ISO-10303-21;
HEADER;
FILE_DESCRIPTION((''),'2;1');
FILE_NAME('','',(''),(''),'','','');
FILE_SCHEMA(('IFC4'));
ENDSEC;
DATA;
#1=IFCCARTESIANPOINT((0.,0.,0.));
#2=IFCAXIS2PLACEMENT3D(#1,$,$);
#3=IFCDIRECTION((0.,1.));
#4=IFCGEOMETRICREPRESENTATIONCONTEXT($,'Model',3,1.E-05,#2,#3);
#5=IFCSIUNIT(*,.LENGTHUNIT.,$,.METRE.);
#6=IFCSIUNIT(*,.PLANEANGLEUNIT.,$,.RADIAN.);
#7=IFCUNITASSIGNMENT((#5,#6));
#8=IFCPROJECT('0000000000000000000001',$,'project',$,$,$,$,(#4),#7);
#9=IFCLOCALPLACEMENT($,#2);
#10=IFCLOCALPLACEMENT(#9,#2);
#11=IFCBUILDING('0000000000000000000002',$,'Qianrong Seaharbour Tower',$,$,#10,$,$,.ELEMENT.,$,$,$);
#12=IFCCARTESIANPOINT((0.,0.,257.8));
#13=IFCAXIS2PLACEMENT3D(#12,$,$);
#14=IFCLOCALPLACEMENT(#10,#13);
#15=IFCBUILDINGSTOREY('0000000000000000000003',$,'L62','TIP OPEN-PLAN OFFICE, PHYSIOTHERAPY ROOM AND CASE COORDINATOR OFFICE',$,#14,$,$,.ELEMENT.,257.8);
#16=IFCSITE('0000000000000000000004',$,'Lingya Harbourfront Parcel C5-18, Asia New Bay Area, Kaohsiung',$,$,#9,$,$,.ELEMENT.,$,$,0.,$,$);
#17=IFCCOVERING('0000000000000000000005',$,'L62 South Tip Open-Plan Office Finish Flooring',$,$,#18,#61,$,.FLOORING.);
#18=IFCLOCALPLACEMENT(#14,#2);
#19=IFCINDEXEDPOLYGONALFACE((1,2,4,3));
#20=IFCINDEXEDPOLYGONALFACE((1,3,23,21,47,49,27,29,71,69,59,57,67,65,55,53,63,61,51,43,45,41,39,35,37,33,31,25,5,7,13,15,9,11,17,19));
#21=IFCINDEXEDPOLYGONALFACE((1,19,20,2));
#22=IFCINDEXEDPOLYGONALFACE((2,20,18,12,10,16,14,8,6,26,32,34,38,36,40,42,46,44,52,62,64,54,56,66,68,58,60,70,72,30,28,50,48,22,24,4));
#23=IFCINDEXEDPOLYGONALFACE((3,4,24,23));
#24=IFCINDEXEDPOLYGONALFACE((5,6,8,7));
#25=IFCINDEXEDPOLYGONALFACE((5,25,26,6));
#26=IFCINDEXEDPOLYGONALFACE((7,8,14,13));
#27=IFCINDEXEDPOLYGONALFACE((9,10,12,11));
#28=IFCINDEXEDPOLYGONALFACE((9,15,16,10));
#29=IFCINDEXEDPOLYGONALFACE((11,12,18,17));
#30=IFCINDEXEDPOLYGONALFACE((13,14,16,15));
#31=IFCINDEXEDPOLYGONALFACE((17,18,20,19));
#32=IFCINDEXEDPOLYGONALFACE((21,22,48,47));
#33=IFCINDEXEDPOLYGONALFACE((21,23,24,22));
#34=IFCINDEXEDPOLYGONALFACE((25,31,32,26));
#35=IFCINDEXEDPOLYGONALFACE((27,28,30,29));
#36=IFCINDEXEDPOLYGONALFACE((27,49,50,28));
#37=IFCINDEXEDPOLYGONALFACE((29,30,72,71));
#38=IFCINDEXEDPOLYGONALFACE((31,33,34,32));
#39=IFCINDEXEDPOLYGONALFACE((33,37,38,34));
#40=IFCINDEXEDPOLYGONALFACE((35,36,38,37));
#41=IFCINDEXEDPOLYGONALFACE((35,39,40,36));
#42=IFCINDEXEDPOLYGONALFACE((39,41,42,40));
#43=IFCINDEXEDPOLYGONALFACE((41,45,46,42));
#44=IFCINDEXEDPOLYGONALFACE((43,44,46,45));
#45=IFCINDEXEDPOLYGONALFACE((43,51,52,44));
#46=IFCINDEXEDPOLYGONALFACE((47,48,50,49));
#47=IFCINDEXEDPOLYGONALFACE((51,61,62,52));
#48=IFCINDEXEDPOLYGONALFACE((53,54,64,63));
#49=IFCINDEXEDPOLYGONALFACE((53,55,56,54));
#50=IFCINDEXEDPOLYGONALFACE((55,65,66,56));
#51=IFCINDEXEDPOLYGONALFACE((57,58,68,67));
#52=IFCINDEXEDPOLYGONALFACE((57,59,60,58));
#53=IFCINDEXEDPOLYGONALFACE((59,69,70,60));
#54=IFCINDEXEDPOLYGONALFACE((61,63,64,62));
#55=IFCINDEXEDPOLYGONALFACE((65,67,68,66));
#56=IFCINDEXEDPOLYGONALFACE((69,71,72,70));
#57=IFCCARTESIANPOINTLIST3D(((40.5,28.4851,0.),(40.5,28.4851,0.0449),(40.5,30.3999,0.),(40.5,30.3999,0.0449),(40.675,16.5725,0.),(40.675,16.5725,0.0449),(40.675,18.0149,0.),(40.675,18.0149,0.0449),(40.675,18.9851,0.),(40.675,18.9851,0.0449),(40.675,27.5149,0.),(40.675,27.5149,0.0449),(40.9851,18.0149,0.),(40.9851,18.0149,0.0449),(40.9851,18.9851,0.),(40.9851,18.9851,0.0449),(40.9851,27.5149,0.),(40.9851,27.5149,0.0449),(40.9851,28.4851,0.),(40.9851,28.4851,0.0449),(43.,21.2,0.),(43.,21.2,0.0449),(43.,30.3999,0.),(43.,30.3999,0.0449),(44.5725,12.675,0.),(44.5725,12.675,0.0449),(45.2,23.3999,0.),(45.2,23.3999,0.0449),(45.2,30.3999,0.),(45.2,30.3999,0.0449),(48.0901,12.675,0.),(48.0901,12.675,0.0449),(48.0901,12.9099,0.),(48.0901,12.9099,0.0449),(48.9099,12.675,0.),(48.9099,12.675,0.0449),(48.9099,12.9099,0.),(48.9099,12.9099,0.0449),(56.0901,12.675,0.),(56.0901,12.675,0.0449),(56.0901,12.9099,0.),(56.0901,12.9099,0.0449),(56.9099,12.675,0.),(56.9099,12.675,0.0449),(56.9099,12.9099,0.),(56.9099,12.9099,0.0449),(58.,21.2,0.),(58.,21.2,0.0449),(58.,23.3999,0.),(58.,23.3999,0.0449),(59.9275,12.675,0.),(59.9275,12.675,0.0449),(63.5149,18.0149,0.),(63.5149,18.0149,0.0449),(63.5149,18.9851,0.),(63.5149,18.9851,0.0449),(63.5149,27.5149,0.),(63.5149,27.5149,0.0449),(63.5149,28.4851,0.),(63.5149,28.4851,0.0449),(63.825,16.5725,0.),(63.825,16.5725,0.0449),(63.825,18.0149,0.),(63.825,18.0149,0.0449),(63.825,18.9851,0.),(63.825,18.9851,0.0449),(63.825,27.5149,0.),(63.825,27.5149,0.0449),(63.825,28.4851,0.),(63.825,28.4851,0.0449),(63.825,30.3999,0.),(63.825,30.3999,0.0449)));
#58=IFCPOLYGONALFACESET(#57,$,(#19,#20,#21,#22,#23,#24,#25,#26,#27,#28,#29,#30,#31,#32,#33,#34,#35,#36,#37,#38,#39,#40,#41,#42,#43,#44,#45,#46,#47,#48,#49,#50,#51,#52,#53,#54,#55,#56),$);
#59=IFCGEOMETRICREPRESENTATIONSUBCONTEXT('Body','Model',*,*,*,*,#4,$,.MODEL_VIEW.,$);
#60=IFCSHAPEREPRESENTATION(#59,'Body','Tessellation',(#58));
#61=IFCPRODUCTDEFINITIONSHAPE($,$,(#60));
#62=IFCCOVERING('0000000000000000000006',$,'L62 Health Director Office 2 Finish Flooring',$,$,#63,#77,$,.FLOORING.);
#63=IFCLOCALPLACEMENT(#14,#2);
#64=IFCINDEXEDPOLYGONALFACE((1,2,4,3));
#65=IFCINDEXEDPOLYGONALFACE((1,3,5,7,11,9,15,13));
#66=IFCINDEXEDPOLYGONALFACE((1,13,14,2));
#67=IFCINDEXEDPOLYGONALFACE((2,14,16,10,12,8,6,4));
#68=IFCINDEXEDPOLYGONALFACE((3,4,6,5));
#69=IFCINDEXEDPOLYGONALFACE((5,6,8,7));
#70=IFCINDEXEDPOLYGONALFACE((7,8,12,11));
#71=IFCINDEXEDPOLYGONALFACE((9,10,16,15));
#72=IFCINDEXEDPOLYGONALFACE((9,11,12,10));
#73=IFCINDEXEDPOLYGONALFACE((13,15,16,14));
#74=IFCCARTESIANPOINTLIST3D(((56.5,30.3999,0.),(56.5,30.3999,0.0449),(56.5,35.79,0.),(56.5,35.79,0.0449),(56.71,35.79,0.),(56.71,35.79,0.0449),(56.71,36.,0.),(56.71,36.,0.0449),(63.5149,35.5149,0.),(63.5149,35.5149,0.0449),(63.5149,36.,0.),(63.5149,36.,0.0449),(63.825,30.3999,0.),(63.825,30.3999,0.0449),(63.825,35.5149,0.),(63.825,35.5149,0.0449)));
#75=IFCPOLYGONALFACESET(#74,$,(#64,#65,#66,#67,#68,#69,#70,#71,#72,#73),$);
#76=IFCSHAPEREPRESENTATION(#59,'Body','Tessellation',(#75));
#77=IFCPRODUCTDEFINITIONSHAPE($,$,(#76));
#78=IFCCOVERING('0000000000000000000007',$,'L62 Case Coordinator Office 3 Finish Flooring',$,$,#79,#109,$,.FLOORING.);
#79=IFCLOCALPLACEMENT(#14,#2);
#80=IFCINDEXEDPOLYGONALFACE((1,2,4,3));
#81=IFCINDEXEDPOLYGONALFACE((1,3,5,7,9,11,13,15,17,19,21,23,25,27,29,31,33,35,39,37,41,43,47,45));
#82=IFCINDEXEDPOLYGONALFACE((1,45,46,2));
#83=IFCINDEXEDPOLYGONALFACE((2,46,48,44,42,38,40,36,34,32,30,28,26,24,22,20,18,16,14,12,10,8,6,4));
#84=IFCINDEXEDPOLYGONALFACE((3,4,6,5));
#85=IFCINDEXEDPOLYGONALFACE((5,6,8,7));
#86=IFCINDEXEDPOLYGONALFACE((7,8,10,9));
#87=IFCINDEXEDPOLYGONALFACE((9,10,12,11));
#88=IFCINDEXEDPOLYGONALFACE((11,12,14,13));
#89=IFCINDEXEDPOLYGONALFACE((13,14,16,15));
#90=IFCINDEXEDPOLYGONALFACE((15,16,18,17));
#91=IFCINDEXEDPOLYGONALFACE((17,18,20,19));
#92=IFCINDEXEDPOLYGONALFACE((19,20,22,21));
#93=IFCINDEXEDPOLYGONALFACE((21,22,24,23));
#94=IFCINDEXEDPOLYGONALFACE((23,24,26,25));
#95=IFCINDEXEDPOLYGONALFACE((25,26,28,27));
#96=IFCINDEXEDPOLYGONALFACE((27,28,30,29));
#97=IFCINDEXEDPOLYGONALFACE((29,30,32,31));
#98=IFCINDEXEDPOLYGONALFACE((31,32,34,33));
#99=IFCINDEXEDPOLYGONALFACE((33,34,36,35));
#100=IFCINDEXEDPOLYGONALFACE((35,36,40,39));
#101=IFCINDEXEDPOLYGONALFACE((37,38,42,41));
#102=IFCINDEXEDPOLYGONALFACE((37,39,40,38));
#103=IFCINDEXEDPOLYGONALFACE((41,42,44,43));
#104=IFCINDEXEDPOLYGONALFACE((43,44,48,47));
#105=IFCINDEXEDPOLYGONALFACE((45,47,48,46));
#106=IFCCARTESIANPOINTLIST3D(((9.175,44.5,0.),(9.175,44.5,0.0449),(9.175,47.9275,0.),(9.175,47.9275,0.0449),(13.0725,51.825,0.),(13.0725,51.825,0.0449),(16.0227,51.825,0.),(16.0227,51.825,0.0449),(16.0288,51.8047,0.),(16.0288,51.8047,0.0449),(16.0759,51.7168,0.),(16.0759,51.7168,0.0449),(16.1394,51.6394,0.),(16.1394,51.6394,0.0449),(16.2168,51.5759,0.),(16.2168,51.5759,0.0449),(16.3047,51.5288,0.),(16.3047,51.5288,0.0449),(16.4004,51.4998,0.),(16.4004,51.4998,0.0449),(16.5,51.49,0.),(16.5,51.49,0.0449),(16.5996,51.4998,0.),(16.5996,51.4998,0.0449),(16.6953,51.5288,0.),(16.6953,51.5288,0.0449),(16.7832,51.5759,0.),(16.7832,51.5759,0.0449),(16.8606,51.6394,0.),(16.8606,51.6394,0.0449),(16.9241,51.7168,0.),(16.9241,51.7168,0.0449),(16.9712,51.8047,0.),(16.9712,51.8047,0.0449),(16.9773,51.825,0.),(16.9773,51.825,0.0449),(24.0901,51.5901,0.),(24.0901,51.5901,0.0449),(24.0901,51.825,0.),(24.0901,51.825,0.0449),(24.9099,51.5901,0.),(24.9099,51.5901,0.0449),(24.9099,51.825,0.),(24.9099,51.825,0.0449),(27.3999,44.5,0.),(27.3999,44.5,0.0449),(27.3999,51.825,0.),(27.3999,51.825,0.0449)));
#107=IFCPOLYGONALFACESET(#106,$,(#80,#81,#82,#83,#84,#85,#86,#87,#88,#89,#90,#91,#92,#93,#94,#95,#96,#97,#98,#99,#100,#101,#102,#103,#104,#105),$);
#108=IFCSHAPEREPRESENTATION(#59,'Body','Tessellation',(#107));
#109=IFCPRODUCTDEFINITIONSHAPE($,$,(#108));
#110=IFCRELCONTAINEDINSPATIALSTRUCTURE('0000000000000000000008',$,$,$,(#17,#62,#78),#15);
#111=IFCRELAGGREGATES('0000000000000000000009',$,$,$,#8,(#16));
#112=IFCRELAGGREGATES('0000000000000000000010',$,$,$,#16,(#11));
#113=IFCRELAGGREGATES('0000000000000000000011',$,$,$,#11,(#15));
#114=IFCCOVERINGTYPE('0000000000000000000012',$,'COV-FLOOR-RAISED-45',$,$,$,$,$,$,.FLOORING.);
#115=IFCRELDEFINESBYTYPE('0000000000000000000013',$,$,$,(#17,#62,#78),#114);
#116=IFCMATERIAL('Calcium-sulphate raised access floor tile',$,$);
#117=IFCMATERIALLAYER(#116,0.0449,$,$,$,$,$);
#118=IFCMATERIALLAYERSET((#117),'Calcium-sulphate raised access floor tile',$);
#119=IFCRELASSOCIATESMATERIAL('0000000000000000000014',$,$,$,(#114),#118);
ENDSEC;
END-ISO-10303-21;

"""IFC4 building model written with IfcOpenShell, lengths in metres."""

from ifc_helpers import new_model, si_unit, direction, frame, origin, place, context, subcontext, project, spatial, polyline, outline, extrude, material, layer, layer_set, type_object, element, save


model = new_model("IFC4")

# Units and contexts
model_context = context("Model", 3, precision=1e-05, world=origin(), true_north=direction((0.0, 1.0)))
body_context = subcontext(model_context, "Body", "Model", "MODEL_VIEW")
ifc_project = project(units=[si_unit("LENGTHUNIT", "METRE"), si_unit("PLANEANGLEUNIT", "RADIAN")], contexts=[model_context])

# Site, building, storey
site_placement = place(None, origin())
site = spatial("IfcSite", under=ifc_project, at=site_placement, Name="Lingya Harbourfront Parcel C5-18, Asia New Bay Area, Kaohsiung", CompositionType="ELEMENT", RefElevation=0.0)
building_placement = place(site_placement, origin())
building = spatial("IfcBuilding", under=site, at=building_placement, Name="Qianrong Seaharbour Tower", CompositionType="ELEMENT")
storey_placement = place(building_placement, frame((0.0, 0.0, 257.8)))
storey = spatial("IfcBuildingStorey", under=building, at=storey_placement, Name="L62", Description="TIP OPEN-PLAN OFFICE, PHYSIOTHERAPY ROOM AND CASE COORDINATOR OFFICE", CompositionType="ELEMENT", Elevation=257.8)

# Coverings
ifc_material_1 = material(Name="Calcium-sulphate raised access floor tile")
ifc_layer_1 = layer(ifc_material_1, 0.0449)
ifc_layer_set_1 = layer_set([ifc_layer_1], Name="Calcium-sulphate raised access floor tile")
covering_type_1 = type_object("IfcCoveringType", Name="COV-FLOOR-RAISED-45", PredefinedType="FLOORING", material=ifc_layer_set_1)
covering_1_placement = place(storey_placement, origin())
element("IfcCovering", 1, at=covering_1_placement, inside=storey, type_object=covering_type_1, Name="L62 South Tip Open-Plan Office Finish Flooring", PredefinedType="FLOORING", context=body_context, shape_type="SweptSolid", body=[
    extrude(outline(polyline([(43.0, 21.2), (58.0, 21.2), (58.0, 23.3999), (45.2, 23.3999), (45.2, 30.3999), (63.825, 30.3999), (63.825, 28.4851), (63.5149, 28.4851), (63.5149, 27.5149), (63.825, 27.5149), (63.825, 18.9851), (63.5149, 18.9851), (63.5149, 18.0149), (63.825, 18.0149), (63.825, 16.5725), (59.9275, 12.675), (56.9099, 12.675), (56.9099, 12.9099), (56.0901, 12.9099), (56.0901, 12.675), (48.9099, 12.675), (48.9099, 12.9099), (48.0901, 12.9099), (48.0901, 12.675), (44.5725, 12.675), (40.675, 16.5725), (40.675, 18.0149), (40.9851, 18.0149), (40.9851, 18.9851), (40.675, 18.9851), (40.675, 27.5149), (40.9851, 27.5149), (40.9851, 28.4851), (40.5, 28.4851), (40.5, 30.3999), (43.0, 30.3999), (43.0, 21.2)])), origin(), (0.0, 0.0, 1.0), 0.0449),
])
covering_2_placement = place(storey_placement, origin())
element("IfcCovering", 2, at=covering_2_placement, inside=storey, type_object=covering_type_1, Name="L62 Health Director Office 2 Finish Flooring", PredefinedType="FLOORING", context=body_context, shape_type="SweptSolid", body=[
    extrude(outline(polyline([(63.825, 30.3999), (56.5, 30.3999), (56.5, 35.79), (56.71, 35.79), (56.71, 36.0), (63.5149, 36.0), (63.5149, 35.5149), (63.825, 35.5149), (63.825, 30.3999)])), origin(), (0.0, 0.0, 1.0), 0.0449),
])
covering_3_placement = place(storey_placement, origin())
element("IfcCovering", 3, at=covering_3_placement, inside=storey, type_object=covering_type_1, Name="L62 Case Coordinator Office 3 Finish Flooring", PredefinedType="FLOORING", context=body_context, shape_type="SweptSolid", body=[
    extrude(outline(polyline([(9.175, 47.9275), (13.0725, 51.825), (16.0227, 51.825), (16.0288, 51.8047), (16.0759, 51.7168), (16.1394, 51.6394), (16.2168, 51.5759), (16.3047, 51.5288), (16.4004, 51.4998), (16.5, 51.49), (16.5996, 51.4998), (16.6953, 51.5288), (16.7832, 51.5759), (16.8606, 51.6394), (16.9241, 51.7168), (16.9712, 51.8047), (16.9773, 51.825), (24.0901, 51.825), (24.0901, 51.5901), (24.9099, 51.5901), (24.9099, 51.825), (27.3999, 51.825), (27.3999, 44.5), (9.175, 44.5), (9.175, 47.9275)])), origin(), (0.0, 0.0, 1.0), 0.0449),
])

save(model, "model.ifc")
